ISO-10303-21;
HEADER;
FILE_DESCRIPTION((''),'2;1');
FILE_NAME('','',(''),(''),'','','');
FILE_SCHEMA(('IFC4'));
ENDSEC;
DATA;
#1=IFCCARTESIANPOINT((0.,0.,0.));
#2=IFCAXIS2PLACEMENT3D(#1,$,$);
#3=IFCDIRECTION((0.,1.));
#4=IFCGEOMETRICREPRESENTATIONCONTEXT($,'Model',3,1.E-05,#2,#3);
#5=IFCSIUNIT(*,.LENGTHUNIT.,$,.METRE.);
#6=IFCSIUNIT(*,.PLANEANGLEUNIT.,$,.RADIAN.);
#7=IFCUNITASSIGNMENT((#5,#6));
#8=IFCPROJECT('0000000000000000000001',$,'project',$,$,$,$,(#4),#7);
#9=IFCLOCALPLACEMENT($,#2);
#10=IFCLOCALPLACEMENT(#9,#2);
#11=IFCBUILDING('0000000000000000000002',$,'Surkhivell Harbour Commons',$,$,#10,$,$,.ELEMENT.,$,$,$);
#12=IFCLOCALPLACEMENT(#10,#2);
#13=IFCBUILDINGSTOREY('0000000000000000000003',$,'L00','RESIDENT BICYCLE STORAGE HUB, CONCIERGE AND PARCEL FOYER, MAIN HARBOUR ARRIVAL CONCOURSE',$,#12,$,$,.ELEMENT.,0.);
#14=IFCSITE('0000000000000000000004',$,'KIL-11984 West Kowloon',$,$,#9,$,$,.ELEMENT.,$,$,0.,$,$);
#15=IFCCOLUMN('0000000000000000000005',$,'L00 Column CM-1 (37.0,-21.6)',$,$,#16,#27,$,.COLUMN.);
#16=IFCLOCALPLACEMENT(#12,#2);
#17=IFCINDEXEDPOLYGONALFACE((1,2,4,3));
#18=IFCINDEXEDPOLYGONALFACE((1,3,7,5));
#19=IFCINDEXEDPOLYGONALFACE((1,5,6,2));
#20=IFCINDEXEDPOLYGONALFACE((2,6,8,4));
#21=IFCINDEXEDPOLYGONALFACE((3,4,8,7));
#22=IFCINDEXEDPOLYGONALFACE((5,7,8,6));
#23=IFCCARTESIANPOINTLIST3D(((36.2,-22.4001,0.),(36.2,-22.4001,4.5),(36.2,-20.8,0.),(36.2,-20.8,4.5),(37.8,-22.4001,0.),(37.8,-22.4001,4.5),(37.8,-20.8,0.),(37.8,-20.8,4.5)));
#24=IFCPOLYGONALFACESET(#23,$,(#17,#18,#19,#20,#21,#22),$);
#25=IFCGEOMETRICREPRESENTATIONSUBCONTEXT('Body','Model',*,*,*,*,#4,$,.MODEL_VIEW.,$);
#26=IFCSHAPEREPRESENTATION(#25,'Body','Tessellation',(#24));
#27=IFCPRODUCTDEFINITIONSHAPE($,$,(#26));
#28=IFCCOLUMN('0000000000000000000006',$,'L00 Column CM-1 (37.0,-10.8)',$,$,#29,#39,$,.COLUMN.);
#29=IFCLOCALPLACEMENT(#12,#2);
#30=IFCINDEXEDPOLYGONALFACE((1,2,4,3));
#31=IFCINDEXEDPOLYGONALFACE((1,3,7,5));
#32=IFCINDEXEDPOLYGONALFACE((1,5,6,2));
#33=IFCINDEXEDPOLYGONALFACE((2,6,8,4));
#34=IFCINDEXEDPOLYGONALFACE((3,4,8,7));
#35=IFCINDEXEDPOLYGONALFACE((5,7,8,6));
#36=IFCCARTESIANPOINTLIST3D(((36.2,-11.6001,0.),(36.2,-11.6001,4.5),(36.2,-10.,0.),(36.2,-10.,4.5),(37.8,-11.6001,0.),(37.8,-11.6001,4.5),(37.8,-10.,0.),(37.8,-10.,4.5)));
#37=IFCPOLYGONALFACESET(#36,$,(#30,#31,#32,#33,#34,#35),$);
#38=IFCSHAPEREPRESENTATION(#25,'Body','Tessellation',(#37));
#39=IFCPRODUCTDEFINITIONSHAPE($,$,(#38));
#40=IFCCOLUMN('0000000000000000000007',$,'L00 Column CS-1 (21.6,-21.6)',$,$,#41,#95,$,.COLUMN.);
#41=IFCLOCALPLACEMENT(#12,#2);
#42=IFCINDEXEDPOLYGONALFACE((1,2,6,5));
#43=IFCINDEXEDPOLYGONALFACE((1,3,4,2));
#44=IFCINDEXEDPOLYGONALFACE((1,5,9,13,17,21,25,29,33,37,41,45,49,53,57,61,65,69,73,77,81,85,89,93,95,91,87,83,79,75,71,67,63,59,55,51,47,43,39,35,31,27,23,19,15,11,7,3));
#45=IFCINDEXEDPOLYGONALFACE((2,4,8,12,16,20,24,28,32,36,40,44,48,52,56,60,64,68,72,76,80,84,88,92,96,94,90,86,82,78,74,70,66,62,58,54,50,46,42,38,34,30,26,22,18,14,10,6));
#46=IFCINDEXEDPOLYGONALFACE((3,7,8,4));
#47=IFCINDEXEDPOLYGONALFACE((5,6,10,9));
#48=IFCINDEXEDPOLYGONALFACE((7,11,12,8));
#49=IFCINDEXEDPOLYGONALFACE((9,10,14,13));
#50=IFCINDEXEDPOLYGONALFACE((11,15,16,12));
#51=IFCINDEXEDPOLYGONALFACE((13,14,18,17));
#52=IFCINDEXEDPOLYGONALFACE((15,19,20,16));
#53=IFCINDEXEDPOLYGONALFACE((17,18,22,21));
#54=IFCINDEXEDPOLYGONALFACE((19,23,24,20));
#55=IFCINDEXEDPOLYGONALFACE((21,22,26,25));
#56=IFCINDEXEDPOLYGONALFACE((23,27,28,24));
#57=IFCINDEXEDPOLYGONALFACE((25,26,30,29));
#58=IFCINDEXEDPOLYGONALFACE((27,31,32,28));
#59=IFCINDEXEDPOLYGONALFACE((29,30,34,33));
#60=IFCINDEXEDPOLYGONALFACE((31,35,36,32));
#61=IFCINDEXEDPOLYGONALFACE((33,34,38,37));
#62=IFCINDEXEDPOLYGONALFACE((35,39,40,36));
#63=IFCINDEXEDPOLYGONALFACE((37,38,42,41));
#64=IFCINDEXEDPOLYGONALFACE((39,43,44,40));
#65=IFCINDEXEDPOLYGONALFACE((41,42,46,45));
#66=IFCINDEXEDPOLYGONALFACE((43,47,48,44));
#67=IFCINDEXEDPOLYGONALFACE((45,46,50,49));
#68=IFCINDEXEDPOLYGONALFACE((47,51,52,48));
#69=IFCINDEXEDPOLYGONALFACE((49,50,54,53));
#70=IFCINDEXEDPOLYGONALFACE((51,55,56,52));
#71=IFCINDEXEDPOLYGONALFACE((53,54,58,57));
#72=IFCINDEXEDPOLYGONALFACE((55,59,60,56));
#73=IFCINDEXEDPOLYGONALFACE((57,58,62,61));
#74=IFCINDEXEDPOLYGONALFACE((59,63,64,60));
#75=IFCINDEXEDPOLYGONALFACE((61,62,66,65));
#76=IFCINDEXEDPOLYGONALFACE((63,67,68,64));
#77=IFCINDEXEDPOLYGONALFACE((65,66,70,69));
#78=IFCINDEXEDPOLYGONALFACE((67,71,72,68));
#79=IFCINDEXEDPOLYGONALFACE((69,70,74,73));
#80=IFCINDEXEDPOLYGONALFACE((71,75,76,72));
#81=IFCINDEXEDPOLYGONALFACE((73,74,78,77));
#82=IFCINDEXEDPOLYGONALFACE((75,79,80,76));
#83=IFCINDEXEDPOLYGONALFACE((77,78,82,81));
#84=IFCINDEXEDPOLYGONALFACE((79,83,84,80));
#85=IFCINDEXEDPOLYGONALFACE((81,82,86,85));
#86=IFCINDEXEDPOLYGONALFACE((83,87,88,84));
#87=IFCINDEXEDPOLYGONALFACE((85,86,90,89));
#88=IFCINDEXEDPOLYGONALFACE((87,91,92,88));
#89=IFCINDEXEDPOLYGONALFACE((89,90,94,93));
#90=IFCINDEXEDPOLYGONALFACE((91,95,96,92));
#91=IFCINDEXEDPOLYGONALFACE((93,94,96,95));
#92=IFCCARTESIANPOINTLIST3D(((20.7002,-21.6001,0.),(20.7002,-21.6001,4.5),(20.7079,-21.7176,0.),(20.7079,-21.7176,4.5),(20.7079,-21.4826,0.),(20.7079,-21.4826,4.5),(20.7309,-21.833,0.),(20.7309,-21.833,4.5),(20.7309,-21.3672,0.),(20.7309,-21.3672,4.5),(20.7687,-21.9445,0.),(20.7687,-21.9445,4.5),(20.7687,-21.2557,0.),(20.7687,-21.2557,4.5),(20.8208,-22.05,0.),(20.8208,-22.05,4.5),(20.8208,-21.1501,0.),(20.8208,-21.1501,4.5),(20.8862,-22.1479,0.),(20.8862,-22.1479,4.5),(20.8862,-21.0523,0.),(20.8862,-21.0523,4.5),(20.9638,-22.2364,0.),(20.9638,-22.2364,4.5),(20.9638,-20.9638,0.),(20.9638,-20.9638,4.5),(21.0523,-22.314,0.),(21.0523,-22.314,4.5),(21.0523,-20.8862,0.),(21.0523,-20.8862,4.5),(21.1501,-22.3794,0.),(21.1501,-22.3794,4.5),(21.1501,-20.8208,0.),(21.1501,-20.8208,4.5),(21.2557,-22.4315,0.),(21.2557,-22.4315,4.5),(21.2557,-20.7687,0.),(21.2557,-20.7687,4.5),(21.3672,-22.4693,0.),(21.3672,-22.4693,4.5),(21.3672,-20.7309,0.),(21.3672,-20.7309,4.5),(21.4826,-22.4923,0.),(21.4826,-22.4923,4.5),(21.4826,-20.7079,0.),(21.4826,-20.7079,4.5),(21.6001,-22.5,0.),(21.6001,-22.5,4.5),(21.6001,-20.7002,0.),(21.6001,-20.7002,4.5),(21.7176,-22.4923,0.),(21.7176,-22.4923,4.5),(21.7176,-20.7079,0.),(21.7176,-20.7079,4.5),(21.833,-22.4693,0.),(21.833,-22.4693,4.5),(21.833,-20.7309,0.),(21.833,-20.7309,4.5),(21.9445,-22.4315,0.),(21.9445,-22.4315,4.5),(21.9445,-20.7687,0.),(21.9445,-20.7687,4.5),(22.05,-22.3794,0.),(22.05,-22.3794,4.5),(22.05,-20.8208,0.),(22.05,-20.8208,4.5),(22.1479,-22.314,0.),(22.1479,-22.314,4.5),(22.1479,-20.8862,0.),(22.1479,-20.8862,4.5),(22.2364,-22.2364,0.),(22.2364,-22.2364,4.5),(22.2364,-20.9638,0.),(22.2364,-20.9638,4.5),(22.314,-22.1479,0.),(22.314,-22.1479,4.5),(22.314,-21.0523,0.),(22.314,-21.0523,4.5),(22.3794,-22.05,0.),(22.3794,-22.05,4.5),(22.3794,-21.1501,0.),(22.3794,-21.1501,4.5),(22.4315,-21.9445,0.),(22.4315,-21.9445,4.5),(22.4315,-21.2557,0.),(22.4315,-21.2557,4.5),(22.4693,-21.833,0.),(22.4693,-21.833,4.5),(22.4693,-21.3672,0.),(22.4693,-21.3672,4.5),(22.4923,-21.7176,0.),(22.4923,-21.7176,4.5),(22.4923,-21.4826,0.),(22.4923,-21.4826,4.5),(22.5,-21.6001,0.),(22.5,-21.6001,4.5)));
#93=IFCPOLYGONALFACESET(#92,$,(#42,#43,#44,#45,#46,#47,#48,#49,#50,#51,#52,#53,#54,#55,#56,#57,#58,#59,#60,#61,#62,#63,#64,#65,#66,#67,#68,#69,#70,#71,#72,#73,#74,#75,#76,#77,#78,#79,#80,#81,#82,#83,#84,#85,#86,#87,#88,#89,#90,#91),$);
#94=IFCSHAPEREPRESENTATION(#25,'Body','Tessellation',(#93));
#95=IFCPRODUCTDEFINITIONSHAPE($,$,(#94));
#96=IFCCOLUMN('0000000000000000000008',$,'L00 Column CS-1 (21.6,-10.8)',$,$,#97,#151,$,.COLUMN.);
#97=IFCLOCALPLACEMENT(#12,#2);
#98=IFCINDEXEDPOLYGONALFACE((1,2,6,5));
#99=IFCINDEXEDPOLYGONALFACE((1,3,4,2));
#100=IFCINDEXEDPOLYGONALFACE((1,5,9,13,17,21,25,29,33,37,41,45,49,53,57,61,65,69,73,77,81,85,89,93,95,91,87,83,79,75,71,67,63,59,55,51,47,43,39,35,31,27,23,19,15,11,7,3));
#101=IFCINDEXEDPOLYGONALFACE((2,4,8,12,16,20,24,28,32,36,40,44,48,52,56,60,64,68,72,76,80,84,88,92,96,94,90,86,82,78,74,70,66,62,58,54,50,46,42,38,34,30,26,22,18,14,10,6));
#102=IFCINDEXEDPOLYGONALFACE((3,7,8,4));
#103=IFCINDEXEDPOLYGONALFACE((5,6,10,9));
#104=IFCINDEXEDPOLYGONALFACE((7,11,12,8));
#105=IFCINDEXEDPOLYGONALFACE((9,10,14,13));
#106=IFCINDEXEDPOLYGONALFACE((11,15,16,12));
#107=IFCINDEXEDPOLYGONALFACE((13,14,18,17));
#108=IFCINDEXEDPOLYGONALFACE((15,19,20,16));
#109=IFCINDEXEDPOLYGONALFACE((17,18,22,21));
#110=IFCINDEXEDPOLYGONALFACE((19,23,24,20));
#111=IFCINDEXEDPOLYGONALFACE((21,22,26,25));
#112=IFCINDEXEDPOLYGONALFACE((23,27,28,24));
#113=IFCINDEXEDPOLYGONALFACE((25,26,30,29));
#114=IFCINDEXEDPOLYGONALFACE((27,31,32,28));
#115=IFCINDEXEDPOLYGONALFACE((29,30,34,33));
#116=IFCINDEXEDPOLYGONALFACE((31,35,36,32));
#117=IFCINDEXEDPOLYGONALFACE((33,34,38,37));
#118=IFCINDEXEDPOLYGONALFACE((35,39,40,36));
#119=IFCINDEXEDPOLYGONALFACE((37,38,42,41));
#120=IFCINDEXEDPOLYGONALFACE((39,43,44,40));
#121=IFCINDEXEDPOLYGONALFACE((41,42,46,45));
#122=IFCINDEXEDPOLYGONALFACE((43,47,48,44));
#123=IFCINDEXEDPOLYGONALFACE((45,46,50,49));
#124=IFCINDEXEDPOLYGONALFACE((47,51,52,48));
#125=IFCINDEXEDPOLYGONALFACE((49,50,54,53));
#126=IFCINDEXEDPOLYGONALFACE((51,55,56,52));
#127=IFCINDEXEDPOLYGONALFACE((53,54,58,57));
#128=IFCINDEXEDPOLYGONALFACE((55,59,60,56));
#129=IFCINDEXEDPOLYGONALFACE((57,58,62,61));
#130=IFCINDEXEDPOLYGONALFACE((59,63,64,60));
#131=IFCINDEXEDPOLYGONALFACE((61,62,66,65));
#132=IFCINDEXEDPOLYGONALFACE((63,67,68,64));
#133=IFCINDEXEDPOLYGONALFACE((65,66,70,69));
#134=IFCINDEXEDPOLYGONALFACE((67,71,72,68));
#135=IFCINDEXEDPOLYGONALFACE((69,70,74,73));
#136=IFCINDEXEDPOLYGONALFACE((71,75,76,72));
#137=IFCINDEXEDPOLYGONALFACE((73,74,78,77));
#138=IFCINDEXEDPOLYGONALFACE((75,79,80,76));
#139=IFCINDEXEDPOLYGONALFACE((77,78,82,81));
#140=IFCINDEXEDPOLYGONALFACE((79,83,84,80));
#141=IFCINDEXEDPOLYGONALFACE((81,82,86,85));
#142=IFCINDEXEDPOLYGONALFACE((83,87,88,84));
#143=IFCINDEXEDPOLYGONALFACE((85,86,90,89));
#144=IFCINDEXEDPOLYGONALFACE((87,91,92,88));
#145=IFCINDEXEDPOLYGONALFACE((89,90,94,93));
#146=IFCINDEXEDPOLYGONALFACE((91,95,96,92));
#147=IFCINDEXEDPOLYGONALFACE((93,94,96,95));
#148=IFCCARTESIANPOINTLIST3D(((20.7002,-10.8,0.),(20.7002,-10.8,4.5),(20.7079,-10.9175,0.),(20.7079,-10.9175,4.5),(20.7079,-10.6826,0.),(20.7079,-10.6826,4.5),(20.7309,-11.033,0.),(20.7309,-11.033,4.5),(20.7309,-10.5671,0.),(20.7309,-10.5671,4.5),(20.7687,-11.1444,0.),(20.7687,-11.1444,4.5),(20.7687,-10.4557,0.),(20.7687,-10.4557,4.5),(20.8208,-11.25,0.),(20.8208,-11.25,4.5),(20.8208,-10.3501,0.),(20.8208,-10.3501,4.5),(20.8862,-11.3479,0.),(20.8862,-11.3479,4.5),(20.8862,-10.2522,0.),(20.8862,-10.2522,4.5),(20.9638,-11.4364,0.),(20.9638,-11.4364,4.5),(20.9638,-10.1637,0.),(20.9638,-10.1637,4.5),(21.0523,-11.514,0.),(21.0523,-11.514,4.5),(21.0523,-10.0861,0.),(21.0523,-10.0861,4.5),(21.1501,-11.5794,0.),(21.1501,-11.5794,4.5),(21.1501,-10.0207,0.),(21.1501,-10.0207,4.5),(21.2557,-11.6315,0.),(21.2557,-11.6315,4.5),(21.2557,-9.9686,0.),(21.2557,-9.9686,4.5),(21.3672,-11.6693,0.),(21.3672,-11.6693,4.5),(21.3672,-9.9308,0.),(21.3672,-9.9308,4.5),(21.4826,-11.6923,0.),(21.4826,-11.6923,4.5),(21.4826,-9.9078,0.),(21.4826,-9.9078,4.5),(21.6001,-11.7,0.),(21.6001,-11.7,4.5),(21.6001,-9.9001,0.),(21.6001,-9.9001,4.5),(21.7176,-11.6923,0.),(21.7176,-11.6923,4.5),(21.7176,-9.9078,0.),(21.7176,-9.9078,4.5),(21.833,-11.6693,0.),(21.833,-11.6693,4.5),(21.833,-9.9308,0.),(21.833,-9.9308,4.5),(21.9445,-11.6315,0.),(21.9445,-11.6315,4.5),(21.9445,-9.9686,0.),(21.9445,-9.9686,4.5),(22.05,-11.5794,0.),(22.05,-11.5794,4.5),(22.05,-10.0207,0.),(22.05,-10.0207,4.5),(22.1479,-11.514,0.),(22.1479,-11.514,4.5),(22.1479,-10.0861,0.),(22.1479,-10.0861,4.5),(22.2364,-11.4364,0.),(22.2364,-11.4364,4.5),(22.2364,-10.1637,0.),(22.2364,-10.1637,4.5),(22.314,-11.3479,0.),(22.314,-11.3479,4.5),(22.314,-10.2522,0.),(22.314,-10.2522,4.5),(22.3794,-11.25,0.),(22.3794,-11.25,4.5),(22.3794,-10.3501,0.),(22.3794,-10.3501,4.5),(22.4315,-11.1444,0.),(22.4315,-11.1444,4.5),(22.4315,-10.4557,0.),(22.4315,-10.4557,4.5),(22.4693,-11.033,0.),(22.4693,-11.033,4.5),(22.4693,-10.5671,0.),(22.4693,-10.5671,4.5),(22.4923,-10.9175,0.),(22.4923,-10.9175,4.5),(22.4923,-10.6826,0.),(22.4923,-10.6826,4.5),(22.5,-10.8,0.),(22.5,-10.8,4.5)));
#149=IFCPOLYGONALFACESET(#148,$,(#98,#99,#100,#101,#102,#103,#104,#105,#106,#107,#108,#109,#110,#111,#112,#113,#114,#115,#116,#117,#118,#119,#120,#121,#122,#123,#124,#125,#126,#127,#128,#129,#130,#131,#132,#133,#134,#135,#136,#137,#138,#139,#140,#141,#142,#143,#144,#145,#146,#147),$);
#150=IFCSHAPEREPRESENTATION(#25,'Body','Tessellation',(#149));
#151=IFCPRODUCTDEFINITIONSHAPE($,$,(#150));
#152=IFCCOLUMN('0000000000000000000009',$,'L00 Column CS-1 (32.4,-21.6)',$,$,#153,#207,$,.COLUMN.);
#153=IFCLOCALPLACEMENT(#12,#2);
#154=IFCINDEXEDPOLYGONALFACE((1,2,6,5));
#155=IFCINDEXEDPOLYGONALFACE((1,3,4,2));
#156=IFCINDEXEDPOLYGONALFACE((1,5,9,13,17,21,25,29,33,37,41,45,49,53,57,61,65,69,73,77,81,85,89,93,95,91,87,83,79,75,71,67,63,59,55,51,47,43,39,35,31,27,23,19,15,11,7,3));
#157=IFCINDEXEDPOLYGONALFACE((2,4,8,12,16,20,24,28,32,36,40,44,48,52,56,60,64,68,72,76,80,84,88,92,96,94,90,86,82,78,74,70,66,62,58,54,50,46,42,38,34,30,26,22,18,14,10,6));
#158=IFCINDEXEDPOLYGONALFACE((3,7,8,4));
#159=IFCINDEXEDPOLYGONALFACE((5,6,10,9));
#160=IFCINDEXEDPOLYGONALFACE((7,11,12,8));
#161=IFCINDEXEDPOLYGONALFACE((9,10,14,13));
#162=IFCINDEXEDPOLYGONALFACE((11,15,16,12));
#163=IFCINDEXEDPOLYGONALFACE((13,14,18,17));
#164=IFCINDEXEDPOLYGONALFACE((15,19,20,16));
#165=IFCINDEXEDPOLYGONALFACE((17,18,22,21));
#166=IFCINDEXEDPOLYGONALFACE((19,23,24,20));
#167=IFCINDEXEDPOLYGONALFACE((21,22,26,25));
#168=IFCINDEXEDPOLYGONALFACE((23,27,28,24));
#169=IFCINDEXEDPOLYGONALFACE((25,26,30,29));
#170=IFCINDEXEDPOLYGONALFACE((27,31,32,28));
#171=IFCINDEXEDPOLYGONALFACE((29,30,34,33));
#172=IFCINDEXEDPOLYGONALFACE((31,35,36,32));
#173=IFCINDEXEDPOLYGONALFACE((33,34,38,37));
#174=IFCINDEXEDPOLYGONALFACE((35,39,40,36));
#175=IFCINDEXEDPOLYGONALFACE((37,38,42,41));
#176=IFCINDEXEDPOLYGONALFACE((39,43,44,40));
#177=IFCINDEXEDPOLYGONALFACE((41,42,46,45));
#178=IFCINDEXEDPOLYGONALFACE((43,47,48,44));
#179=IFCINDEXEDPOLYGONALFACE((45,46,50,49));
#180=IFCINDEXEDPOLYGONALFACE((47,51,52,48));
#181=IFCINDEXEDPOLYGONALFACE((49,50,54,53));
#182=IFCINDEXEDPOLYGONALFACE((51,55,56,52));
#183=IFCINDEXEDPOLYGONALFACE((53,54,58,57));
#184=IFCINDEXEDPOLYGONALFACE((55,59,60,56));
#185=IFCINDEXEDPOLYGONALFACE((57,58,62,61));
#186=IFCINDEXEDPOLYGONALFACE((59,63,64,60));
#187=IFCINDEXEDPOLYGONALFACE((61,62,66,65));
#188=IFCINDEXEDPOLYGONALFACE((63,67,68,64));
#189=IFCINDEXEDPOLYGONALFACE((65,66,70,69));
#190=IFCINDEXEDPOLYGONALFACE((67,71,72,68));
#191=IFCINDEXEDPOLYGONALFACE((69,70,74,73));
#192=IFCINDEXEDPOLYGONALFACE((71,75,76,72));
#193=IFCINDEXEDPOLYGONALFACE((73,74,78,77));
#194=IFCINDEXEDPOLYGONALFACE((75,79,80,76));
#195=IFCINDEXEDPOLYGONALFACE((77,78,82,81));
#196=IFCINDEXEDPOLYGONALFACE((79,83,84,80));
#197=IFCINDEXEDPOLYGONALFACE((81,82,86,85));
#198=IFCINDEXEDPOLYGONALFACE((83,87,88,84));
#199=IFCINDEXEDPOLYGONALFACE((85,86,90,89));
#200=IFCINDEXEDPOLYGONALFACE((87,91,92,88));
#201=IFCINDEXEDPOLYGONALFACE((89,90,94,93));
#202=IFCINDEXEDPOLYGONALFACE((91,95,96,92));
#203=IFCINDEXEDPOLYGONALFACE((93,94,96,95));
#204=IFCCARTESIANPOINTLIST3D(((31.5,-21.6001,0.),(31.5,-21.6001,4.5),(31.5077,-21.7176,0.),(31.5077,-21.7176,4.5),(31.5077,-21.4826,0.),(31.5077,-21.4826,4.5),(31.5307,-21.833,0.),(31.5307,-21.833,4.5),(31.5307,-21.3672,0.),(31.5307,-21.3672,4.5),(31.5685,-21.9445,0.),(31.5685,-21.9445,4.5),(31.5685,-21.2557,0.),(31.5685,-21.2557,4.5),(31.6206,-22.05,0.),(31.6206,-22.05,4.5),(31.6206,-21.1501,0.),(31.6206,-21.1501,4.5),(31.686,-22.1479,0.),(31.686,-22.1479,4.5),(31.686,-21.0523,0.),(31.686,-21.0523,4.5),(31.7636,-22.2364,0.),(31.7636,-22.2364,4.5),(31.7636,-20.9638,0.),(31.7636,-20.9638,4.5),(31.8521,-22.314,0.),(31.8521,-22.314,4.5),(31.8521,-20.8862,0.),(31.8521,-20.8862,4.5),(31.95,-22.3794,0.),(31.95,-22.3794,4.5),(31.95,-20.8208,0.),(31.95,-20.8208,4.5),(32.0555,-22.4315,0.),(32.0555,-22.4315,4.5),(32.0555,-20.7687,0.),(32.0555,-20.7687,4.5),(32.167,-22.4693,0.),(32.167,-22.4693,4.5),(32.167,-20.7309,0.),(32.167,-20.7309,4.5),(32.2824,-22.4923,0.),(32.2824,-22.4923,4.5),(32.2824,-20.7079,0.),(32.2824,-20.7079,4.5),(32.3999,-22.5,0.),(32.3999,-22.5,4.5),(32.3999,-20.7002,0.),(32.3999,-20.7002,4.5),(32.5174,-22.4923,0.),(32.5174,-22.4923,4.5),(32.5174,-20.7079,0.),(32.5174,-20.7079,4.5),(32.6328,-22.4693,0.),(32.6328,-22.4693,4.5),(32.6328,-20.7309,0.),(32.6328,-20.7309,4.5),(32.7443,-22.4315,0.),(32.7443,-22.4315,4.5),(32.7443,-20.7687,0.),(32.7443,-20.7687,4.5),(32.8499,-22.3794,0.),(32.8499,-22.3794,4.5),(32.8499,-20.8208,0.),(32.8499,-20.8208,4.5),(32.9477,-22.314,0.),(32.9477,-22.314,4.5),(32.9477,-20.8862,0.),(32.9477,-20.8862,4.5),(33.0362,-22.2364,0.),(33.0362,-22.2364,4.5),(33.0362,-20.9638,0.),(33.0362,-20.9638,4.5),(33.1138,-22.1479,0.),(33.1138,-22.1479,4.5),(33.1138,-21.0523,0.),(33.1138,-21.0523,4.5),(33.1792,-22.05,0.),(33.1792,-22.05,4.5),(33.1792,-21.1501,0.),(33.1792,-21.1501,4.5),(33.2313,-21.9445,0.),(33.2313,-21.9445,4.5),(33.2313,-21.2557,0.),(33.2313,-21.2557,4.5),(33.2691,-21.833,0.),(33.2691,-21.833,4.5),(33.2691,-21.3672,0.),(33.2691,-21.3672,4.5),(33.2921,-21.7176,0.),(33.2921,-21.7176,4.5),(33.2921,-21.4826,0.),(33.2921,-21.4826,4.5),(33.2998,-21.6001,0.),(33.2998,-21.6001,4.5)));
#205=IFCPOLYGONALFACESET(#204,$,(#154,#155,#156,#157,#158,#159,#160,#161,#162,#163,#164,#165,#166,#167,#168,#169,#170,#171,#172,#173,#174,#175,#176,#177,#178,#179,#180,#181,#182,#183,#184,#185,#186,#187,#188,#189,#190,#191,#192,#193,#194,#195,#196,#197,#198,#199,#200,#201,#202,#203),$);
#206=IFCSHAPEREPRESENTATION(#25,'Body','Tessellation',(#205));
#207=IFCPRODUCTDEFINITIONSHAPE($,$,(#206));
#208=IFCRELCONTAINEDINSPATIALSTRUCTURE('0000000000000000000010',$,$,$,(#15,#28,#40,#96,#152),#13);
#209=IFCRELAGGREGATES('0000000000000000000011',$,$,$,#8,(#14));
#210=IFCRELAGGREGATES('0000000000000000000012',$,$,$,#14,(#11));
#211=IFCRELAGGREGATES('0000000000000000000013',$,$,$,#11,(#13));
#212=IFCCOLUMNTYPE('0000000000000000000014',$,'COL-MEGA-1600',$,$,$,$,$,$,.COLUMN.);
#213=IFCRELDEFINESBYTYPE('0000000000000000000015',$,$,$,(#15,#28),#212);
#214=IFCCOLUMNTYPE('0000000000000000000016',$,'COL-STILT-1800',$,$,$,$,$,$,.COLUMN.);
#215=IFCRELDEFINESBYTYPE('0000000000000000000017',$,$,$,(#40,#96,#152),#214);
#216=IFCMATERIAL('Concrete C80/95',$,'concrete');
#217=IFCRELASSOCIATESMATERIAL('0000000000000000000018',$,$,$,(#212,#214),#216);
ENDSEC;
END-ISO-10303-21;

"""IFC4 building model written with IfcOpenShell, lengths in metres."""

from ifc_helpers import new_model, si_unit, direction, frame, origin, origin_2d, place, context, subcontext, project, spatial, rectangle, circle, extrude, material, material_profile, profile_set, type_object, element, save


model = new_model("IFC4")

# Units and contexts
model_context = context("Model", 3, precision=1e-05, world=origin(), true_north=direction((0.0, 1.0)))
body_context = subcontext(model_context, "Body", "Model", "MODEL_VIEW")
ifc_project = project(units=[si_unit("LENGTHUNIT", "METRE"), si_unit("PLANEANGLEUNIT", "RADIAN")], contexts=[model_context])

# Site, building, storey
site_placement = place(None, origin())
site = spatial("IfcSite", under=ifc_project, at=site_placement, Name="KIL-11984 West Kowloon", CompositionType="ELEMENT", RefElevation=0.0)
building_placement = place(site_placement, origin())
building = spatial("IfcBuilding", under=site, at=building_placement, Name="Surkhivell Harbour Commons", CompositionType="ELEMENT")
storey_placement = place(building_placement, origin())
storey = spatial("IfcBuildingStorey", under=building, at=storey_placement, Name="L00", Description="RESIDENT BICYCLE STORAGE HUB, CONCIERGE AND PARCEL FOYER, MAIN HARBOUR ARRIVAL CONCOURSE", CompositionType="ELEMENT", Elevation=0.0)

# Columns
ifc_material_1 = material(Name="Concrete C80/95", Category="concrete")
ifc_material_profile_1 = material_profile(ifc_material_1, rectangle(XDim=1.6001, YDim=1.6001, at=origin_2d()), Name="RC-COL-1600x1600")
ifc_profile_set_1 = profile_set([ifc_material_profile_1], Name="Concrete C80/95")
column_type_1 = type_object("IfcColumnType", Name="COL-MEGA-1600", PredefinedType="COLUMN", material=ifc_profile_set_1)
for number, where, z_axis, x_axis, name in (
    (1, (37.0, -21.6001, 0.0), (0.0, 0.0, 1.0), (1.0, 0.0, 0.0), "L00 Column CM-1 (37.0,-21.6)"),
    (2, (37.0, -10.8, 0.0), (0.0, 0.0, 1.0), (1.0, 0.0, 0.0), "L00 Column CM-1 (37.0,-10.8)"),
):
    element("IfcColumn", number, at=place(storey_placement, frame(where, z_axis=z_axis, x_axis=x_axis)), inside=storey, type_object=column_type_1, Name=name, PredefinedType="COLUMN", context=body_context, shape_type="SweptSolid", body=[
        extrude(rectangle(XDim=1.6001, YDim=1.6001, at=origin_2d()), origin(), (0.0, 0.0, 1.0), 4.5),
    ])
ifc_material_profile_2 = material_profile(ifc_material_1, circle(Radius=0.8999, at=origin_2d()), Name="RC-CIRC-1800")
ifc_profile_set_2 = profile_set([ifc_material_profile_2], Name="Concrete C80/95")
column_type_2 = type_object("IfcColumnType", Name="COL-STILT-1800", PredefinedType="COLUMN", material=ifc_profile_set_2)
for number, where, z_axis, x_axis, name in (
    (3, (21.6001, -21.6001, 0.0), (0.0, 0.0, 1.0), (1.0, 0.0, 0.0), "L00 Column CS-1 (21.6,-21.6)"),
    (4, (21.6001, -10.8, 0.0), (0.0, 0.0, 1.0), (1.0, 0.0, 0.0), "L00 Column CS-1 (21.6,-10.8)"),
    (5, (32.3999, -21.6001, 0.0), (0.0, 0.0, 1.0), (1.0, 0.0, 0.0), "L00 Column CS-1 (32.4,-21.6)"),
):
    element("IfcColumn", number, at=place(storey_placement, frame(where, z_axis=z_axis, x_axis=x_axis)), inside=storey, type_object=column_type_2, Name=name, PredefinedType="COLUMN", context=body_context, shape_type="SweptSolid", body=[
        extrude(circle(Radius=0.8999, at=origin_2d()), origin(), (0.0, 0.0, 1.0), 4.5),
    ])

save(model, "model.ifc")
